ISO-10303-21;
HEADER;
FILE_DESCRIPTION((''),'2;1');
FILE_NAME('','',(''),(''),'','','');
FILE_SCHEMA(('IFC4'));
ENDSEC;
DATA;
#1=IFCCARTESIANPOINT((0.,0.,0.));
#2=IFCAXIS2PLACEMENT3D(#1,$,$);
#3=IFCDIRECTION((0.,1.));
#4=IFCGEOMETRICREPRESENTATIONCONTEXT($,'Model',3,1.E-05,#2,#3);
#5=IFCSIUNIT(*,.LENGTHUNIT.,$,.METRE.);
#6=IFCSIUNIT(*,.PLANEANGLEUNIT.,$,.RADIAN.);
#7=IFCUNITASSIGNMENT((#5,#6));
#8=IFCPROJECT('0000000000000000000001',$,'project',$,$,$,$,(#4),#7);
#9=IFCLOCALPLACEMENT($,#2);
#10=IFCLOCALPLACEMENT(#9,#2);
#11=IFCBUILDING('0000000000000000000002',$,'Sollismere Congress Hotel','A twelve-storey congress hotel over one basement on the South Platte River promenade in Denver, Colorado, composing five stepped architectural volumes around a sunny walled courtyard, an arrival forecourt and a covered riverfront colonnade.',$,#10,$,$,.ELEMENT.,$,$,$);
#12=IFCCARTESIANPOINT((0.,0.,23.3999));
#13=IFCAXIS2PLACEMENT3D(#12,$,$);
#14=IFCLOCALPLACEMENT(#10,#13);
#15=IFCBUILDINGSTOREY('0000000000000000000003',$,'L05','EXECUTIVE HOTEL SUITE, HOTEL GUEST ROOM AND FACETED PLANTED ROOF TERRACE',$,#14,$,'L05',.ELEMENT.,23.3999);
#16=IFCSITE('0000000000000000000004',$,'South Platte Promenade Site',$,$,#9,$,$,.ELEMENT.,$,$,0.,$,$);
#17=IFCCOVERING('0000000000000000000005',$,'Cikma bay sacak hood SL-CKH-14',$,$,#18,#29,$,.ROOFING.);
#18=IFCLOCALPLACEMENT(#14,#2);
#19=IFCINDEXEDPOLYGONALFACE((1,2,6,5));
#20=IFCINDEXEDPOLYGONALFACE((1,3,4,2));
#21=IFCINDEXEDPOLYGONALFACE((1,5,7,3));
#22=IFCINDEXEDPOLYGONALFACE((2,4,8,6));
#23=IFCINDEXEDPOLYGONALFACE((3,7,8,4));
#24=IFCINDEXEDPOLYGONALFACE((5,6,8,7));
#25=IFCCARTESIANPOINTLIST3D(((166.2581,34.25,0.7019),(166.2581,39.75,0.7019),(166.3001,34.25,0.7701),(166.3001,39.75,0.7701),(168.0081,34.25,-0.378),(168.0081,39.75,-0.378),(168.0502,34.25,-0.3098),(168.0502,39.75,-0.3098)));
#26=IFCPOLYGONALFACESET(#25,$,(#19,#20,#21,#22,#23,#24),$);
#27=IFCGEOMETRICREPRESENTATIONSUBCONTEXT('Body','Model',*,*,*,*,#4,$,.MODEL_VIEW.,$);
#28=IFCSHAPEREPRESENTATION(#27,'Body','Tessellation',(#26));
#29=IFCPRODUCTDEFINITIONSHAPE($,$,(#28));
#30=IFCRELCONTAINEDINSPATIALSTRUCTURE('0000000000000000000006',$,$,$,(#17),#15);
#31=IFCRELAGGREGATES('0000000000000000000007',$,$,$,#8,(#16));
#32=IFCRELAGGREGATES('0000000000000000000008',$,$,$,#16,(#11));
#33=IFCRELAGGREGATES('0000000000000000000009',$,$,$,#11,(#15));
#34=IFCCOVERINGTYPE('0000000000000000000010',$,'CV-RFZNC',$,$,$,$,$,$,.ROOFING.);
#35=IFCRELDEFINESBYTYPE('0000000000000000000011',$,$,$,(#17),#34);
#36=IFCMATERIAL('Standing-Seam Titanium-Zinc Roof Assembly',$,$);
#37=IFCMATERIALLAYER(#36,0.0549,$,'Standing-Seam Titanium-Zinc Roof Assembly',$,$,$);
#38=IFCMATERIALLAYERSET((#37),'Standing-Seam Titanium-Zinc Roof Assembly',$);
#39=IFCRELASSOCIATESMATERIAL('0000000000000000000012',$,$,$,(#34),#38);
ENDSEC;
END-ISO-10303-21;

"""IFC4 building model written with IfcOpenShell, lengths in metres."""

from ifc_helpers import new_model, si_unit, direction, frame, origin, place, context, subcontext, project, spatial, polyline, outline, extrude, material, layer, layer_set, type_object, element, save


model = new_model("IFC4")

# Units and contexts
model_context = context("Model", 3, precision=1e-05, world=origin(), true_north=direction((0.0, 1.0)))
body_context = subcontext(model_context, "Body", "Model", "MODEL_VIEW")
ifc_project = project(units=[si_unit("LENGTHUNIT", "METRE"), si_unit("PLANEANGLEUNIT", "RADIAN")], contexts=[model_context])

# Site, building, storey
site_placement = place(None, origin())
site = spatial("IfcSite", under=ifc_project, at=site_placement, Name="South Platte Promenade Site", CompositionType="ELEMENT", RefElevation=0.0)
building_placement = place(site_placement, origin())
building = spatial("IfcBuilding", under=site, at=building_placement, Name="Sollismere Congress Hotel", Description="A twelve-storey congress hotel over one basement on the South Platte River promenade in Denver, Colorado, composing five stepped architectural volumes around a sunny walled courtyard, an arrival forecourt and a covered riverfront colonnade.", CompositionType="ELEMENT")
storey_placement = place(building_placement, frame((0.0, 0.0, 23.3999)))
storey = spatial("IfcBuildingStorey", under=building, at=storey_placement, Name="L05", Description="EXECUTIVE HOTEL SUITE, HOTEL GUEST ROOM AND FACETED PLANTED ROOF TERRACE", LongName="L05", CompositionType="ELEMENT", Elevation=23.3999)

# Covering
ifc_material_1 = material(Name="Standing-Seam Titanium-Zinc Roof Assembly")
ifc_layer_1 = layer(ifc_material_1, 0.0549, Name="Standing-Seam Titanium-Zinc Roof Assembly")
ifc_layer_set_1 = layer_set([ifc_layer_1], Name="Standing-Seam Titanium-Zinc Roof Assembly")
covering_type = type_object("IfcCoveringType", Name="CV-RFZNC", PredefinedType="ROOFING", material=ifc_layer_set_1)
covering_placement = place(storey_placement, frame((166.2581, 34.25, 0.7019), z_axis=(0.525124, 0.0, 0.851026), x_axis=(0.851026, 0.0, -0.525124)))
element("IfcCovering", 1, at=covering_placement, inside=storey, type_object=covering_type, Name="Cikma bay sacak hood SL-CKH-14", PredefinedType="ROOFING", context=body_context, shape_type="SweptSolid", body=[
    extrude(outline(polyline([(0.0, 0.0), (2.0564, 0.0), (2.0564, 5.5), (0.0, 5.5), (0.0, 0.0)])), origin(), (0.0, 0.0, 1.0), 0.0801),
])

save(model, "model.ifc")
